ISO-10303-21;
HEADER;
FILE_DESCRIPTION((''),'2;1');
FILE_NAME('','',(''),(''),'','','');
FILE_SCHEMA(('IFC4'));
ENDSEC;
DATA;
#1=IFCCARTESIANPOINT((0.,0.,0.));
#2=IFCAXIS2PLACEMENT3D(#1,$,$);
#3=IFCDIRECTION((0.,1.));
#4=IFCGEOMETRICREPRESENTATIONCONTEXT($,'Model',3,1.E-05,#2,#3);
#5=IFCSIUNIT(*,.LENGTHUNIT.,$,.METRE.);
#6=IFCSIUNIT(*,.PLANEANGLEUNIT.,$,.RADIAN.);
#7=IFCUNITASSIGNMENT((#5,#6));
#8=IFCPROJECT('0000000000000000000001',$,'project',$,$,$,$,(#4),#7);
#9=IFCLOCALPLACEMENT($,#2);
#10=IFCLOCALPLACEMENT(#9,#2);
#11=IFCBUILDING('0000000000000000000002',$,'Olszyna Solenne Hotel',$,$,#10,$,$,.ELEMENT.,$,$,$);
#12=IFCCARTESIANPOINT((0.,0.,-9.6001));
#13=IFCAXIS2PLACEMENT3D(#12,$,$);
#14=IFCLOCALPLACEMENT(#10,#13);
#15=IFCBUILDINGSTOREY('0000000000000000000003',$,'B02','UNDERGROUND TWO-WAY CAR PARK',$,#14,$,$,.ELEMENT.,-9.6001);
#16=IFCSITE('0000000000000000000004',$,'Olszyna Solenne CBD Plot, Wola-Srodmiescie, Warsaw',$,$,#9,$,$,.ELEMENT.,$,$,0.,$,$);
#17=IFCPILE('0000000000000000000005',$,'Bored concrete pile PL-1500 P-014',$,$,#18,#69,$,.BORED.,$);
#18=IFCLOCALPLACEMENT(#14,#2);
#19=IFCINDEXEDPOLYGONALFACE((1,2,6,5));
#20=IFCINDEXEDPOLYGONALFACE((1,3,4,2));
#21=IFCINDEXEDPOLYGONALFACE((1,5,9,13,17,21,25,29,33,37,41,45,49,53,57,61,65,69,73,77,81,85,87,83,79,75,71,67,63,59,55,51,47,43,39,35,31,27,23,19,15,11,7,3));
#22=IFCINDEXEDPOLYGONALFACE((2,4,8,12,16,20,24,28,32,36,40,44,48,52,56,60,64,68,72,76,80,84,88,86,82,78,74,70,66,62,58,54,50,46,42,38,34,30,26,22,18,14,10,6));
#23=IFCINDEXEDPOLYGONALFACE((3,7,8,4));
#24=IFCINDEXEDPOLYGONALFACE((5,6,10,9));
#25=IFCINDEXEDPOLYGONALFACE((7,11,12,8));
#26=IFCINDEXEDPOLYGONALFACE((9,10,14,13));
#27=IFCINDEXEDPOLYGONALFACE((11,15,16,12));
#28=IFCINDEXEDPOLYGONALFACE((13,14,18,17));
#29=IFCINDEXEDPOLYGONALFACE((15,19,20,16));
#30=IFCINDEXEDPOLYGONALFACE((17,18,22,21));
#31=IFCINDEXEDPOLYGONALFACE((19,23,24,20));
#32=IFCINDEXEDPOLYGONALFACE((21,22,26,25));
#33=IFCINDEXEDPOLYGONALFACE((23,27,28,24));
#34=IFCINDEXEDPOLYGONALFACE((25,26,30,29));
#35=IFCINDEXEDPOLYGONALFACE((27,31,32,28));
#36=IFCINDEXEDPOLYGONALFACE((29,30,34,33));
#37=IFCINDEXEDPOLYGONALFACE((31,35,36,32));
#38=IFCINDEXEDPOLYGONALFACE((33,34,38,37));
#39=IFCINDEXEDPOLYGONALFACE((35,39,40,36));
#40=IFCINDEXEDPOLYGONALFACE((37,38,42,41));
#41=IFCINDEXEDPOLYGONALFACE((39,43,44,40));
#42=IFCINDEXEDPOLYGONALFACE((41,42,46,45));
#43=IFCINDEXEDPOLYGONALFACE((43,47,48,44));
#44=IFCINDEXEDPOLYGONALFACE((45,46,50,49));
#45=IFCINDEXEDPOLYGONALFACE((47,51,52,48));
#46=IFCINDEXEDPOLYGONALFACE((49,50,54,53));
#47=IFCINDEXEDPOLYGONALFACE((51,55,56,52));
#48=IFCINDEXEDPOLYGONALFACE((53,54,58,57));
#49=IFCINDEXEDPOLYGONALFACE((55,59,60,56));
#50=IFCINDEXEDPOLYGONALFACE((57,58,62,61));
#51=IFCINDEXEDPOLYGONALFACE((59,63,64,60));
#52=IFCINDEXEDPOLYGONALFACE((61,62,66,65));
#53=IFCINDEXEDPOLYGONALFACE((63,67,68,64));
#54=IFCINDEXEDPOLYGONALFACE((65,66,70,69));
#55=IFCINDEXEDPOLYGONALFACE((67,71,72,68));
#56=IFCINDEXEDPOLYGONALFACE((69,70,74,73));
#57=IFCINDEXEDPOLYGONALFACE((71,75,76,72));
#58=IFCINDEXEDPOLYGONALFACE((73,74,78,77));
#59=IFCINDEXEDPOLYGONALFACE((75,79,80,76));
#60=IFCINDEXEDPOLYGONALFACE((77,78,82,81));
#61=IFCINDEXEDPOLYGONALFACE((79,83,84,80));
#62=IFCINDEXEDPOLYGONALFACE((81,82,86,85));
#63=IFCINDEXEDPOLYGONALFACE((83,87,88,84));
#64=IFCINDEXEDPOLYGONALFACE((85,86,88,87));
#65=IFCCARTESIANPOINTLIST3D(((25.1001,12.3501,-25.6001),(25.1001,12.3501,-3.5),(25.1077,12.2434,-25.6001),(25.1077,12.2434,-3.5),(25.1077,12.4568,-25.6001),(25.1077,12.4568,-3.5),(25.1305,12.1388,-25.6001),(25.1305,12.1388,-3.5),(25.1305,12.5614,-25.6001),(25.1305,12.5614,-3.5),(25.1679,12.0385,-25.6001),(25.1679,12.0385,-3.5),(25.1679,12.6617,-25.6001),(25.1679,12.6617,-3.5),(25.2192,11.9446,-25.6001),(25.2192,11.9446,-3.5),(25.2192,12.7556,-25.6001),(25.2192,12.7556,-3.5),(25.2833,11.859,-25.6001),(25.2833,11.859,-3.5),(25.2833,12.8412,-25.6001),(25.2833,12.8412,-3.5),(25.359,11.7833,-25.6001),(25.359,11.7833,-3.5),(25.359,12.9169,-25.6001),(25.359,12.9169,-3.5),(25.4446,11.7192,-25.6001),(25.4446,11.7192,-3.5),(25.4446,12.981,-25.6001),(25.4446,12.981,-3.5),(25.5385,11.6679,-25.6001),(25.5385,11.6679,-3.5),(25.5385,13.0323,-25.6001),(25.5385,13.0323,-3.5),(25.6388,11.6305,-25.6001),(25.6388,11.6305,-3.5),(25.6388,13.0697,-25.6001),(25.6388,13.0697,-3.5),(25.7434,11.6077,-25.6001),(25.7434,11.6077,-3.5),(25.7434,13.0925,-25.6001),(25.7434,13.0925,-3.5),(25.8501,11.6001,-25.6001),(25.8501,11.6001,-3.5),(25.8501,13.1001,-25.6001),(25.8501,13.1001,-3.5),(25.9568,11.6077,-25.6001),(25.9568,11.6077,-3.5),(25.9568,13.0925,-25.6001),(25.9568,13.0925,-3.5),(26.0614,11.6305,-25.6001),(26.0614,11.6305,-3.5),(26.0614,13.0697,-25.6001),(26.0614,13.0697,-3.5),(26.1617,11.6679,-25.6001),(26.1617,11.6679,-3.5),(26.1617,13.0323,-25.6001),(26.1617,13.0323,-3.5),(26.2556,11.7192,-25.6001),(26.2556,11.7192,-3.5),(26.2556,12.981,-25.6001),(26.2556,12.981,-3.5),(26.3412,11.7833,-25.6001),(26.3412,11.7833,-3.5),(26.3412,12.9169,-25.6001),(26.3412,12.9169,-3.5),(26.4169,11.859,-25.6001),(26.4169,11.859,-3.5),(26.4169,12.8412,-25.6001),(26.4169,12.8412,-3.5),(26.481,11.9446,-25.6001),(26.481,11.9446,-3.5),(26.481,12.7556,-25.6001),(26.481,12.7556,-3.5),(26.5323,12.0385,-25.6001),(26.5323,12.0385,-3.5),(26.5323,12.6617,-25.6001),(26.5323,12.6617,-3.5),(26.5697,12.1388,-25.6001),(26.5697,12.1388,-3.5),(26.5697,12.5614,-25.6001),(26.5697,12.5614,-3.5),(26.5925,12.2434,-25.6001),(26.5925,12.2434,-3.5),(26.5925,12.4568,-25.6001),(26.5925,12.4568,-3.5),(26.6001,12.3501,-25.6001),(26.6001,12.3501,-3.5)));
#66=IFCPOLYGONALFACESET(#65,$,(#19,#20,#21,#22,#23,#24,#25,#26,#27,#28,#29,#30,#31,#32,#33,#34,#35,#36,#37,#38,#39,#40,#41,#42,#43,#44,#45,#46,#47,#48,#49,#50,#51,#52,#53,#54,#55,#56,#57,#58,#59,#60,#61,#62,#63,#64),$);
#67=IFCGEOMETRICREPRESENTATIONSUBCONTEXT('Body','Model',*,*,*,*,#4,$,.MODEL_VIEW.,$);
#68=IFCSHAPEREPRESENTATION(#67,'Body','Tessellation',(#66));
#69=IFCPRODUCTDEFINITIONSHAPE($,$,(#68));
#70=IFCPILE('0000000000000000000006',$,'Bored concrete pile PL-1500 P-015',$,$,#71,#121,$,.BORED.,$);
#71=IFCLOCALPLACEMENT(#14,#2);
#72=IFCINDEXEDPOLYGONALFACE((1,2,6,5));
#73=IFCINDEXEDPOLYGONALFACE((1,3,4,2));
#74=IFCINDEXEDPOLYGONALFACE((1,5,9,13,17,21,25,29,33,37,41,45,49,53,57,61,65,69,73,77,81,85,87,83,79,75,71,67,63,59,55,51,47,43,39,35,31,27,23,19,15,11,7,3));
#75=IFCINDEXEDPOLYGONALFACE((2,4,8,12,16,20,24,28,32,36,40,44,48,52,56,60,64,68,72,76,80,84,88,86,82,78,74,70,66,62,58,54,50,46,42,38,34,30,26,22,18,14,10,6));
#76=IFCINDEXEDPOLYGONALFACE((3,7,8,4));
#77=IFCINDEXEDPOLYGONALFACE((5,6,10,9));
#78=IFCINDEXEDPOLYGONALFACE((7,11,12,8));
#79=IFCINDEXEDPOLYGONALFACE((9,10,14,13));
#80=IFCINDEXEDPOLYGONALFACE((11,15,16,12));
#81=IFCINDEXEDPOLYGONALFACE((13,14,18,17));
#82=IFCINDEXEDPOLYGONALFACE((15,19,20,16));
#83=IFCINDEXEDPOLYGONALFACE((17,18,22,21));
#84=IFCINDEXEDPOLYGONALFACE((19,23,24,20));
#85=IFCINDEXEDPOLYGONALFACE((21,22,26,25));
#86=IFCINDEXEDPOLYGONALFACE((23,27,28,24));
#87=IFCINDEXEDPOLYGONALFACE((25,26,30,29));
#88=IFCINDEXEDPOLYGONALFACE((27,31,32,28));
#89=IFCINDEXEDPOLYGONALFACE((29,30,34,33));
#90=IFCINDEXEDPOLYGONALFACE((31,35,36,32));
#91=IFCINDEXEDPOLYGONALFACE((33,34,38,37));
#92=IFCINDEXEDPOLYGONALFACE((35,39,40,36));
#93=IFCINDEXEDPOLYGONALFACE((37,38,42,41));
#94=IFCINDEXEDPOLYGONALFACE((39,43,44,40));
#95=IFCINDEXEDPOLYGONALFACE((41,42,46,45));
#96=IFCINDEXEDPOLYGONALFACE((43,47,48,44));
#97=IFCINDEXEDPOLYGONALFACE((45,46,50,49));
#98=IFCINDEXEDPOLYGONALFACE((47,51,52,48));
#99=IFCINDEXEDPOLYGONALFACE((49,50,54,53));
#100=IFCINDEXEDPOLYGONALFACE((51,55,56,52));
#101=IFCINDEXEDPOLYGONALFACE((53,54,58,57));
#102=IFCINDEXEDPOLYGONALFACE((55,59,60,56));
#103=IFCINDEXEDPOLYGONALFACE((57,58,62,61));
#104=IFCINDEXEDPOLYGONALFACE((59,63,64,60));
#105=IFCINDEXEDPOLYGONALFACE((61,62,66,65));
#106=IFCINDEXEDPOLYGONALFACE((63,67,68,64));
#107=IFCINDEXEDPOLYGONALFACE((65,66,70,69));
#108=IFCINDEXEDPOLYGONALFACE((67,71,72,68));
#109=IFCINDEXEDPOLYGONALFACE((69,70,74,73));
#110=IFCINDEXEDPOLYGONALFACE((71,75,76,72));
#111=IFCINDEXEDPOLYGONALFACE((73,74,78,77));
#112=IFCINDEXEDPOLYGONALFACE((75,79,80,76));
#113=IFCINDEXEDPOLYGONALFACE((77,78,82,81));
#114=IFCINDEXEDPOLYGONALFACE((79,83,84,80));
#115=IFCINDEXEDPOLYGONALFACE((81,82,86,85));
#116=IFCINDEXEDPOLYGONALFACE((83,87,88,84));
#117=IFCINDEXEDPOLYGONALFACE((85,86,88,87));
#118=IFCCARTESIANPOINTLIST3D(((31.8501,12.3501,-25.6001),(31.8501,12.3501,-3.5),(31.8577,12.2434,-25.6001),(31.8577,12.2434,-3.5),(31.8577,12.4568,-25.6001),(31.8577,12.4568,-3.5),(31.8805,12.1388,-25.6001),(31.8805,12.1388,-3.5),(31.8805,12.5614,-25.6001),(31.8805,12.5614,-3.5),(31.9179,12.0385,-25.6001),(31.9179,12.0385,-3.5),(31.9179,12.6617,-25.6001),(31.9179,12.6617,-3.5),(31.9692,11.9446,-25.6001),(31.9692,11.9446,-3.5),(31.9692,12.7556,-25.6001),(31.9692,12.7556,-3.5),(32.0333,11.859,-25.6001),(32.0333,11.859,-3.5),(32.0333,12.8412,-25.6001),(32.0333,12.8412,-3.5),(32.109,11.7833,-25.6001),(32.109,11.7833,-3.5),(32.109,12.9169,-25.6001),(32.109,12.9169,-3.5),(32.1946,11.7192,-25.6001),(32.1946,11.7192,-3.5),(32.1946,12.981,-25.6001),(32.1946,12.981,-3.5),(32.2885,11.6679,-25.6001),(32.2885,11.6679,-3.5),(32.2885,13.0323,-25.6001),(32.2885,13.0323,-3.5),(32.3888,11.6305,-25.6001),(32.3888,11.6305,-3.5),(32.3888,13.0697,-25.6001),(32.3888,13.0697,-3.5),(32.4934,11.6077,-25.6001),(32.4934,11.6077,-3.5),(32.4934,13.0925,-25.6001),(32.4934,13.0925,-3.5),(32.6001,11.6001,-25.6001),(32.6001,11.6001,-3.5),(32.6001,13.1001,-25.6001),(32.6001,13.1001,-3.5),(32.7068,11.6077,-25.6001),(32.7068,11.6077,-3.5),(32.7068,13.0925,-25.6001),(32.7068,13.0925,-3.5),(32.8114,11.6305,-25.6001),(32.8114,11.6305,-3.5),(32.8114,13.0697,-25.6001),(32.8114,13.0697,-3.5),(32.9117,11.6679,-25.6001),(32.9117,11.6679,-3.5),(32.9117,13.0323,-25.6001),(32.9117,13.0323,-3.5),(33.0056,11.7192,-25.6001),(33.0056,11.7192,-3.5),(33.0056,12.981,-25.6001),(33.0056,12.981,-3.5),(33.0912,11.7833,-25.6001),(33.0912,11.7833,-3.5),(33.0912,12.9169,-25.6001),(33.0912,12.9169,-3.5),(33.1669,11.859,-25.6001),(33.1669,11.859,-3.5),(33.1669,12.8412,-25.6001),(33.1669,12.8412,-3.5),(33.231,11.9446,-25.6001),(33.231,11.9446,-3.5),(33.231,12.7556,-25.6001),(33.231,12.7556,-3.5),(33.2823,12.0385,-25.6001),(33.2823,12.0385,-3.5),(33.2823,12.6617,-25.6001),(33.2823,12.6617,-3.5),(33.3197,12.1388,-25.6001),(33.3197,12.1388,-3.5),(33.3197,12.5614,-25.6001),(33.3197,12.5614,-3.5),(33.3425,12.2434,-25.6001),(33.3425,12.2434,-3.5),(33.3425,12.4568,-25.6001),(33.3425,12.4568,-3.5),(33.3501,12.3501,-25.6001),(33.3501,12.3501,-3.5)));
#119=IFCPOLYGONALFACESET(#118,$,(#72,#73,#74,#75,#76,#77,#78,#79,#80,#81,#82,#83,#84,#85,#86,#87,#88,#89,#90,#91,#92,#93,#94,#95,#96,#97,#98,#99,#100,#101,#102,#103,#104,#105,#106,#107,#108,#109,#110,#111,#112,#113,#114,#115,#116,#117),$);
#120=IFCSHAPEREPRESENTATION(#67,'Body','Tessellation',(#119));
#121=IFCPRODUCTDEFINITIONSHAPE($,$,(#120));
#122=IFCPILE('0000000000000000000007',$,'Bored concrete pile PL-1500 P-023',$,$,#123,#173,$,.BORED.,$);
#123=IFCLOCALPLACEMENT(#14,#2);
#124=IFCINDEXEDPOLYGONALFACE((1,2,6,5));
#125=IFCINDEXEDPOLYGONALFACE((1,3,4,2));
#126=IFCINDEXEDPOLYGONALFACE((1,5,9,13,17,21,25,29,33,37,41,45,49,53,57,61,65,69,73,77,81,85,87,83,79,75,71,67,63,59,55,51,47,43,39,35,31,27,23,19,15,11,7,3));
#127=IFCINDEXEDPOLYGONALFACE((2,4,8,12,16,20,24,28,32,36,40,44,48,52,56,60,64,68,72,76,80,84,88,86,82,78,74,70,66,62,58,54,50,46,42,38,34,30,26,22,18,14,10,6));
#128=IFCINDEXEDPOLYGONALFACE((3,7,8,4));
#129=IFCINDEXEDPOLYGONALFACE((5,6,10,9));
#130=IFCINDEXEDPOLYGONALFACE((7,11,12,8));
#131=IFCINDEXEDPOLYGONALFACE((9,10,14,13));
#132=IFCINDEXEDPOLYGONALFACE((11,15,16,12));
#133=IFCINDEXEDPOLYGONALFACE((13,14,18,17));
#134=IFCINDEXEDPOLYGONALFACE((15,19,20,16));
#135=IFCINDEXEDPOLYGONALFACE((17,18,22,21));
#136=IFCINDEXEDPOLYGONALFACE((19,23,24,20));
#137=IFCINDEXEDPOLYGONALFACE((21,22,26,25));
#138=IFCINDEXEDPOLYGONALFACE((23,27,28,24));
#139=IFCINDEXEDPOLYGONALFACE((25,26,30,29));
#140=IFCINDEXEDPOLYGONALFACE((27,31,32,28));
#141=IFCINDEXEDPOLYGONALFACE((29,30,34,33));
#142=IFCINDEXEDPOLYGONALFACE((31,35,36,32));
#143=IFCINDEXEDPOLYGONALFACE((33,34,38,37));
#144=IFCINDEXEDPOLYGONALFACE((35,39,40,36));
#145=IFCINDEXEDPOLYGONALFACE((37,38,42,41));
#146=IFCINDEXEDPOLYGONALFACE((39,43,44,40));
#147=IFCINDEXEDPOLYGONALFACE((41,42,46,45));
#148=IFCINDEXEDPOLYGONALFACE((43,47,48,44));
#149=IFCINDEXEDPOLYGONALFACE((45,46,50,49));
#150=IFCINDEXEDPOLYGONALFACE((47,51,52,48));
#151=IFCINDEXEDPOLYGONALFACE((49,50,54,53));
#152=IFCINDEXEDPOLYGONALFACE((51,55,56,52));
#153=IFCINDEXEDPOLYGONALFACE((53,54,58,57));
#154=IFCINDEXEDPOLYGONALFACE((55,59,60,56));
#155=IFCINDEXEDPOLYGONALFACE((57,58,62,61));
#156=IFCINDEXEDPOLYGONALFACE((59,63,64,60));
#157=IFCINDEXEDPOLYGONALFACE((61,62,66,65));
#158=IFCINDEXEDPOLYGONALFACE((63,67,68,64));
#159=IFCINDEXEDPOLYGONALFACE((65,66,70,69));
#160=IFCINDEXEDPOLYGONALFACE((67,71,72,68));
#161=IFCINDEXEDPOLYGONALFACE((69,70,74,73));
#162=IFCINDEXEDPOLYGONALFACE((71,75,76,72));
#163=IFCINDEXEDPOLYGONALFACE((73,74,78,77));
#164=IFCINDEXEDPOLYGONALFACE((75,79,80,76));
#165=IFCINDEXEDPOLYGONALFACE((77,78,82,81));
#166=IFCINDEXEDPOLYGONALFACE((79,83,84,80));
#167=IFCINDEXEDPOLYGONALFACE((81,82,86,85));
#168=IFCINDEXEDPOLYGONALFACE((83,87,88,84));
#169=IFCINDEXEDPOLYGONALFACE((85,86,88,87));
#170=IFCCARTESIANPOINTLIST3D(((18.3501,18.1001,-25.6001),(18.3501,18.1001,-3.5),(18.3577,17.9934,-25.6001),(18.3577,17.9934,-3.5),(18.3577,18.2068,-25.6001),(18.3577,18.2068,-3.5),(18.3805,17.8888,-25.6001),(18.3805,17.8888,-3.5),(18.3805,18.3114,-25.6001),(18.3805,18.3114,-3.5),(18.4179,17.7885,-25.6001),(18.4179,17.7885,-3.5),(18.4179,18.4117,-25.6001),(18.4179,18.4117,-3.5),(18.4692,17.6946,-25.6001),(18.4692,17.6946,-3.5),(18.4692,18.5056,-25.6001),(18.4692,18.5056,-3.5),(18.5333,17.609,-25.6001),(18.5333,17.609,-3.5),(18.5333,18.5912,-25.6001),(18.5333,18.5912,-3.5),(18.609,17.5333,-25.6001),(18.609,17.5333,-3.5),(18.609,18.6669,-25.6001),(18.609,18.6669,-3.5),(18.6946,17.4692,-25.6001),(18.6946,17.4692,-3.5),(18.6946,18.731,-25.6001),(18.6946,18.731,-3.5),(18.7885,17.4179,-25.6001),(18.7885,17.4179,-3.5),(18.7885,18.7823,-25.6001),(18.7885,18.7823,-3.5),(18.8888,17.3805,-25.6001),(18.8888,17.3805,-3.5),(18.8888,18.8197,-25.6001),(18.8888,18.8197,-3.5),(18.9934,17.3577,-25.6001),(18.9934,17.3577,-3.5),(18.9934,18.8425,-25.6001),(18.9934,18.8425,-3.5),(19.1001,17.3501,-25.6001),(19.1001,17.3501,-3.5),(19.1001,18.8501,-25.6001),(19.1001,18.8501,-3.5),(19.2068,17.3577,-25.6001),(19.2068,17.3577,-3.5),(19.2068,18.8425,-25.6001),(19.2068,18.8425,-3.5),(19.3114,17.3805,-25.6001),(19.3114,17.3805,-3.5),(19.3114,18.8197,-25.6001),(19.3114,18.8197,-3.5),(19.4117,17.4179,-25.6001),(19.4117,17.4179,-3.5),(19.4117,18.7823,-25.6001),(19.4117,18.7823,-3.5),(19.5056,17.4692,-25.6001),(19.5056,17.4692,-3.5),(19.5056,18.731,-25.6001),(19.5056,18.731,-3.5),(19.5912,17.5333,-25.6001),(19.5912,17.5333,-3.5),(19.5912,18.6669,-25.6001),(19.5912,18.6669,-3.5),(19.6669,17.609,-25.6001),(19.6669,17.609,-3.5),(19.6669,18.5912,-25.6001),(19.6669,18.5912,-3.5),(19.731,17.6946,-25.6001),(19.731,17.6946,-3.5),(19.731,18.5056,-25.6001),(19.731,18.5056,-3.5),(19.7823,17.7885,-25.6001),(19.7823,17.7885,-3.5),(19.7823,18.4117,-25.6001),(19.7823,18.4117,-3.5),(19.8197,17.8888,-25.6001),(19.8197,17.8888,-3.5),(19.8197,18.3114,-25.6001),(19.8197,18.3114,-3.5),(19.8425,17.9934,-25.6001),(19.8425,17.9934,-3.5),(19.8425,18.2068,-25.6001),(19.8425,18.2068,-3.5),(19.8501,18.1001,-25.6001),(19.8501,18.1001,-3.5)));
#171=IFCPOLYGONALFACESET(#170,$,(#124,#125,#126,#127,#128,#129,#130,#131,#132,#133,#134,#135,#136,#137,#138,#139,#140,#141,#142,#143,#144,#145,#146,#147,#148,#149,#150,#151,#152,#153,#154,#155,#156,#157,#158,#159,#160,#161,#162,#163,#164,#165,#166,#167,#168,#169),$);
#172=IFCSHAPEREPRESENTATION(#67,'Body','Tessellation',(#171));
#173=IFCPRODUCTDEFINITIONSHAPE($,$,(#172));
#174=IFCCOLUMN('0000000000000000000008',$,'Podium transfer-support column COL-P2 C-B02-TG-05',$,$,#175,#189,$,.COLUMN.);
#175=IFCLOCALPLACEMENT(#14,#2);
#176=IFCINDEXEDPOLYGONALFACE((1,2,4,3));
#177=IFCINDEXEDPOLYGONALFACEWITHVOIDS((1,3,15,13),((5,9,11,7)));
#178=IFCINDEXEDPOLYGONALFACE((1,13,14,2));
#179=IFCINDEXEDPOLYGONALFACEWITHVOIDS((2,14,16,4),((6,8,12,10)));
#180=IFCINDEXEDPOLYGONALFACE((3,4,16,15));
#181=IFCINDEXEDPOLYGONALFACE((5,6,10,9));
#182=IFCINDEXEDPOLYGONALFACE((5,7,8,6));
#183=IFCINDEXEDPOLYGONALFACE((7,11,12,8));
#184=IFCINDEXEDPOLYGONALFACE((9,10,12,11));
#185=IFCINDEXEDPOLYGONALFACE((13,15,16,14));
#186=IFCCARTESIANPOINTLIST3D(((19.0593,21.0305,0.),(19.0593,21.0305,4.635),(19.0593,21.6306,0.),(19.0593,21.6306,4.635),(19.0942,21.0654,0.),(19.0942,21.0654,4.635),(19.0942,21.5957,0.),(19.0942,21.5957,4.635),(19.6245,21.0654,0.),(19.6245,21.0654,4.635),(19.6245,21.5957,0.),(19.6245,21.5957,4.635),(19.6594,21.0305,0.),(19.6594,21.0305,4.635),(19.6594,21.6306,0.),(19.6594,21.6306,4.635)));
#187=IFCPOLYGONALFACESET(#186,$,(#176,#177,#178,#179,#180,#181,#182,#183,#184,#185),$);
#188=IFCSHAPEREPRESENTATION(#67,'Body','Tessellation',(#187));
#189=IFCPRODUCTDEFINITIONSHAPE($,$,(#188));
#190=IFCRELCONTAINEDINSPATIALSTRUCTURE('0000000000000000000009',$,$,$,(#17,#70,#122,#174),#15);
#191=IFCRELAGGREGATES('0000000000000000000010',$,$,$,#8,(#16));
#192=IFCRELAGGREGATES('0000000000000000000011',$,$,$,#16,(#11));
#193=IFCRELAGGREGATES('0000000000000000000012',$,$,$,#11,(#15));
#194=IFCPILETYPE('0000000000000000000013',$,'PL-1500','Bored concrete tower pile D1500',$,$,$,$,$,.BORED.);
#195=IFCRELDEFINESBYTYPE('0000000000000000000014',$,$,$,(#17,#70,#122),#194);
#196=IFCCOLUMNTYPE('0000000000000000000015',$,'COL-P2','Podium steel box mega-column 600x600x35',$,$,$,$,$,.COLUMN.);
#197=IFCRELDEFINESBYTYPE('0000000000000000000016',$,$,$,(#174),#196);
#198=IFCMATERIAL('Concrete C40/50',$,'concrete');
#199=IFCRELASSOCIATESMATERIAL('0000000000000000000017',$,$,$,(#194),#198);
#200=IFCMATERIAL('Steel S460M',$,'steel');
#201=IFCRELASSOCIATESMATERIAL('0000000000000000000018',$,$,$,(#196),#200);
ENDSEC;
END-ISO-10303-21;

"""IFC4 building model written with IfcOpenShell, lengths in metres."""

from ifc_helpers import new_model, si_unit, direction, frame, origin, origin_2d, place, context, subcontext, project, spatial, hollow_rectangle, circle, extrude, source, transform, mapped, material, material_profile, profile_set, type_object, element, save


model = new_model("IFC4")

# Units and contexts
model_context = context("Model", 3, precision=1e-05, world=origin(), true_north=direction((0.0, 1.0)))
body_context = subcontext(model_context, "Body", "Model", "MODEL_VIEW")
ifc_project = project(units=[si_unit("LENGTHUNIT", "METRE"), si_unit("PLANEANGLEUNIT", "RADIAN")], contexts=[model_context])

# Site, building, storey
site_placement = place(None, origin())
site = spatial("IfcSite", under=ifc_project, at=site_placement, Name="Olszyna Solenne CBD Plot, Wola-Srodmiescie, Warsaw", CompositionType="ELEMENT", RefElevation=0.0)
building_placement = place(site_placement, origin())
building = spatial("IfcBuilding", under=site, at=building_placement, Name="Olszyna Solenne Hotel", CompositionType="ELEMENT")
storey_placement = place(building_placement, frame((0.0, 0.0, -9.6001)))
storey = spatial("IfcBuildingStorey", under=building, at=storey_placement, Name="B02", Description="UNDERGROUND TWO-WAY CAR PARK", CompositionType="ELEMENT", Elevation=-9.6001)

# Piles
ifc_material_1 = material(Name="Concrete C40/50", Category="concrete")
ifc_material_profile_1 = material_profile(ifc_material_1, circle(Radius=0.75, at=origin_2d()), Name="BORED PILE 1500", Category="load-bearing")
ifc_profile_set_1 = profile_set([ifc_material_profile_1], Name="Concrete C40/50")
pile_type_1 = type_object("IfcPileType", Name="PL-1500", Description="Bored concrete tower pile D1500", PredefinedType="BORED", material=ifc_profile_set_1)
shared_shape_1 = source(origin(), body_context, "Body", "SweptSolid", [
    extrude(circle(Radius=0.75, at=origin_2d()), origin(), (0.0, 0.0, 1.0), 22.1001),
])
for number, where, z_axis, x_axis, name in (
    (1, (25.8501, 12.3501, -3.5), (0.0, 0.0, -1.0), (1.0, 0.0, 0.0), "Bored concrete pile PL-1500 P-014"),
    (2, (32.6001, 12.3501, -3.5), (0.0, 0.0, -1.0), (1.0, 0.0, 0.0), "Bored concrete pile PL-1500 P-015"),
    (3, (19.1001, 18.1001, -3.5), (0.0, 0.0, -1.0), (1.0, 0.0, 0.0), "Bored concrete pile PL-1500 P-023"),
):
    element("IfcPile", number, at=place(storey_placement, frame(where, z_axis=z_axis, x_axis=x_axis)), inside=storey, type_object=pile_type_1, Name=name, PredefinedType="BORED", context=body_context, shape_type="MappedRepresentation", body=[
        mapped(shared_shape_1, transform((0.0, 0.0, 0.0), x_axis=(1.0, 0.0, 0.0), y_axis=(0.0, 1.0, 0.0), z_axis=(0.0, 0.0, 1.0), scale=1.0)),
    ])

# Column
ifc_material_2 = material(Name="Steel S460M", Category="steel")
ifc_material_profile_2 = material_profile(ifc_material_2, hollow_rectangle(XDim=0.6001, YDim=0.6001, WallThickness=0.0349, at=origin_2d()), Name="SHS 600x600x35", Category="load-bearing")
ifc_profile_set_2 = profile_set([ifc_material_profile_2], Name="Steel S460M")
column_type_1 = type_object("IfcColumnType", Name="COL-P2", Description="Podium steel box mega-column 600x600x35", PredefinedType="COLUMN", material=ifc_profile_set_2)
shared_shape_2 = source(origin(), body_context, "Body", "SweptSolid", [
    extrude(hollow_rectangle(XDim=0.6001, YDim=0.6001, WallThickness=0.0349, at=origin_2d()), origin(), (0.0, 0.0, 1.0), 4.635),
])
column_1_placement = place(storey_placement, frame((19.3594, 21.3306, 0.0), z_axis=(0.0, 0.0, 1.0), x_axis=(1.0, 0.0, 0.0)))
element("IfcColumn", 4, at=column_1_placement, inside=storey, type_object=column_type_1, Name="Podium transfer-support column COL-P2 C-B02-TG-05", PredefinedType="COLUMN", context=body_context, shape_type="MappedRepresentation", body=[
    mapped(shared_shape_2, transform((0.0, 0.0, 0.0), x_axis=(1.0, 0.0, 0.0), y_axis=(0.0, 1.0, 0.0), z_axis=(0.0, 0.0, 1.0), scale=1.0)),
])

save(model, "model.ifc")
